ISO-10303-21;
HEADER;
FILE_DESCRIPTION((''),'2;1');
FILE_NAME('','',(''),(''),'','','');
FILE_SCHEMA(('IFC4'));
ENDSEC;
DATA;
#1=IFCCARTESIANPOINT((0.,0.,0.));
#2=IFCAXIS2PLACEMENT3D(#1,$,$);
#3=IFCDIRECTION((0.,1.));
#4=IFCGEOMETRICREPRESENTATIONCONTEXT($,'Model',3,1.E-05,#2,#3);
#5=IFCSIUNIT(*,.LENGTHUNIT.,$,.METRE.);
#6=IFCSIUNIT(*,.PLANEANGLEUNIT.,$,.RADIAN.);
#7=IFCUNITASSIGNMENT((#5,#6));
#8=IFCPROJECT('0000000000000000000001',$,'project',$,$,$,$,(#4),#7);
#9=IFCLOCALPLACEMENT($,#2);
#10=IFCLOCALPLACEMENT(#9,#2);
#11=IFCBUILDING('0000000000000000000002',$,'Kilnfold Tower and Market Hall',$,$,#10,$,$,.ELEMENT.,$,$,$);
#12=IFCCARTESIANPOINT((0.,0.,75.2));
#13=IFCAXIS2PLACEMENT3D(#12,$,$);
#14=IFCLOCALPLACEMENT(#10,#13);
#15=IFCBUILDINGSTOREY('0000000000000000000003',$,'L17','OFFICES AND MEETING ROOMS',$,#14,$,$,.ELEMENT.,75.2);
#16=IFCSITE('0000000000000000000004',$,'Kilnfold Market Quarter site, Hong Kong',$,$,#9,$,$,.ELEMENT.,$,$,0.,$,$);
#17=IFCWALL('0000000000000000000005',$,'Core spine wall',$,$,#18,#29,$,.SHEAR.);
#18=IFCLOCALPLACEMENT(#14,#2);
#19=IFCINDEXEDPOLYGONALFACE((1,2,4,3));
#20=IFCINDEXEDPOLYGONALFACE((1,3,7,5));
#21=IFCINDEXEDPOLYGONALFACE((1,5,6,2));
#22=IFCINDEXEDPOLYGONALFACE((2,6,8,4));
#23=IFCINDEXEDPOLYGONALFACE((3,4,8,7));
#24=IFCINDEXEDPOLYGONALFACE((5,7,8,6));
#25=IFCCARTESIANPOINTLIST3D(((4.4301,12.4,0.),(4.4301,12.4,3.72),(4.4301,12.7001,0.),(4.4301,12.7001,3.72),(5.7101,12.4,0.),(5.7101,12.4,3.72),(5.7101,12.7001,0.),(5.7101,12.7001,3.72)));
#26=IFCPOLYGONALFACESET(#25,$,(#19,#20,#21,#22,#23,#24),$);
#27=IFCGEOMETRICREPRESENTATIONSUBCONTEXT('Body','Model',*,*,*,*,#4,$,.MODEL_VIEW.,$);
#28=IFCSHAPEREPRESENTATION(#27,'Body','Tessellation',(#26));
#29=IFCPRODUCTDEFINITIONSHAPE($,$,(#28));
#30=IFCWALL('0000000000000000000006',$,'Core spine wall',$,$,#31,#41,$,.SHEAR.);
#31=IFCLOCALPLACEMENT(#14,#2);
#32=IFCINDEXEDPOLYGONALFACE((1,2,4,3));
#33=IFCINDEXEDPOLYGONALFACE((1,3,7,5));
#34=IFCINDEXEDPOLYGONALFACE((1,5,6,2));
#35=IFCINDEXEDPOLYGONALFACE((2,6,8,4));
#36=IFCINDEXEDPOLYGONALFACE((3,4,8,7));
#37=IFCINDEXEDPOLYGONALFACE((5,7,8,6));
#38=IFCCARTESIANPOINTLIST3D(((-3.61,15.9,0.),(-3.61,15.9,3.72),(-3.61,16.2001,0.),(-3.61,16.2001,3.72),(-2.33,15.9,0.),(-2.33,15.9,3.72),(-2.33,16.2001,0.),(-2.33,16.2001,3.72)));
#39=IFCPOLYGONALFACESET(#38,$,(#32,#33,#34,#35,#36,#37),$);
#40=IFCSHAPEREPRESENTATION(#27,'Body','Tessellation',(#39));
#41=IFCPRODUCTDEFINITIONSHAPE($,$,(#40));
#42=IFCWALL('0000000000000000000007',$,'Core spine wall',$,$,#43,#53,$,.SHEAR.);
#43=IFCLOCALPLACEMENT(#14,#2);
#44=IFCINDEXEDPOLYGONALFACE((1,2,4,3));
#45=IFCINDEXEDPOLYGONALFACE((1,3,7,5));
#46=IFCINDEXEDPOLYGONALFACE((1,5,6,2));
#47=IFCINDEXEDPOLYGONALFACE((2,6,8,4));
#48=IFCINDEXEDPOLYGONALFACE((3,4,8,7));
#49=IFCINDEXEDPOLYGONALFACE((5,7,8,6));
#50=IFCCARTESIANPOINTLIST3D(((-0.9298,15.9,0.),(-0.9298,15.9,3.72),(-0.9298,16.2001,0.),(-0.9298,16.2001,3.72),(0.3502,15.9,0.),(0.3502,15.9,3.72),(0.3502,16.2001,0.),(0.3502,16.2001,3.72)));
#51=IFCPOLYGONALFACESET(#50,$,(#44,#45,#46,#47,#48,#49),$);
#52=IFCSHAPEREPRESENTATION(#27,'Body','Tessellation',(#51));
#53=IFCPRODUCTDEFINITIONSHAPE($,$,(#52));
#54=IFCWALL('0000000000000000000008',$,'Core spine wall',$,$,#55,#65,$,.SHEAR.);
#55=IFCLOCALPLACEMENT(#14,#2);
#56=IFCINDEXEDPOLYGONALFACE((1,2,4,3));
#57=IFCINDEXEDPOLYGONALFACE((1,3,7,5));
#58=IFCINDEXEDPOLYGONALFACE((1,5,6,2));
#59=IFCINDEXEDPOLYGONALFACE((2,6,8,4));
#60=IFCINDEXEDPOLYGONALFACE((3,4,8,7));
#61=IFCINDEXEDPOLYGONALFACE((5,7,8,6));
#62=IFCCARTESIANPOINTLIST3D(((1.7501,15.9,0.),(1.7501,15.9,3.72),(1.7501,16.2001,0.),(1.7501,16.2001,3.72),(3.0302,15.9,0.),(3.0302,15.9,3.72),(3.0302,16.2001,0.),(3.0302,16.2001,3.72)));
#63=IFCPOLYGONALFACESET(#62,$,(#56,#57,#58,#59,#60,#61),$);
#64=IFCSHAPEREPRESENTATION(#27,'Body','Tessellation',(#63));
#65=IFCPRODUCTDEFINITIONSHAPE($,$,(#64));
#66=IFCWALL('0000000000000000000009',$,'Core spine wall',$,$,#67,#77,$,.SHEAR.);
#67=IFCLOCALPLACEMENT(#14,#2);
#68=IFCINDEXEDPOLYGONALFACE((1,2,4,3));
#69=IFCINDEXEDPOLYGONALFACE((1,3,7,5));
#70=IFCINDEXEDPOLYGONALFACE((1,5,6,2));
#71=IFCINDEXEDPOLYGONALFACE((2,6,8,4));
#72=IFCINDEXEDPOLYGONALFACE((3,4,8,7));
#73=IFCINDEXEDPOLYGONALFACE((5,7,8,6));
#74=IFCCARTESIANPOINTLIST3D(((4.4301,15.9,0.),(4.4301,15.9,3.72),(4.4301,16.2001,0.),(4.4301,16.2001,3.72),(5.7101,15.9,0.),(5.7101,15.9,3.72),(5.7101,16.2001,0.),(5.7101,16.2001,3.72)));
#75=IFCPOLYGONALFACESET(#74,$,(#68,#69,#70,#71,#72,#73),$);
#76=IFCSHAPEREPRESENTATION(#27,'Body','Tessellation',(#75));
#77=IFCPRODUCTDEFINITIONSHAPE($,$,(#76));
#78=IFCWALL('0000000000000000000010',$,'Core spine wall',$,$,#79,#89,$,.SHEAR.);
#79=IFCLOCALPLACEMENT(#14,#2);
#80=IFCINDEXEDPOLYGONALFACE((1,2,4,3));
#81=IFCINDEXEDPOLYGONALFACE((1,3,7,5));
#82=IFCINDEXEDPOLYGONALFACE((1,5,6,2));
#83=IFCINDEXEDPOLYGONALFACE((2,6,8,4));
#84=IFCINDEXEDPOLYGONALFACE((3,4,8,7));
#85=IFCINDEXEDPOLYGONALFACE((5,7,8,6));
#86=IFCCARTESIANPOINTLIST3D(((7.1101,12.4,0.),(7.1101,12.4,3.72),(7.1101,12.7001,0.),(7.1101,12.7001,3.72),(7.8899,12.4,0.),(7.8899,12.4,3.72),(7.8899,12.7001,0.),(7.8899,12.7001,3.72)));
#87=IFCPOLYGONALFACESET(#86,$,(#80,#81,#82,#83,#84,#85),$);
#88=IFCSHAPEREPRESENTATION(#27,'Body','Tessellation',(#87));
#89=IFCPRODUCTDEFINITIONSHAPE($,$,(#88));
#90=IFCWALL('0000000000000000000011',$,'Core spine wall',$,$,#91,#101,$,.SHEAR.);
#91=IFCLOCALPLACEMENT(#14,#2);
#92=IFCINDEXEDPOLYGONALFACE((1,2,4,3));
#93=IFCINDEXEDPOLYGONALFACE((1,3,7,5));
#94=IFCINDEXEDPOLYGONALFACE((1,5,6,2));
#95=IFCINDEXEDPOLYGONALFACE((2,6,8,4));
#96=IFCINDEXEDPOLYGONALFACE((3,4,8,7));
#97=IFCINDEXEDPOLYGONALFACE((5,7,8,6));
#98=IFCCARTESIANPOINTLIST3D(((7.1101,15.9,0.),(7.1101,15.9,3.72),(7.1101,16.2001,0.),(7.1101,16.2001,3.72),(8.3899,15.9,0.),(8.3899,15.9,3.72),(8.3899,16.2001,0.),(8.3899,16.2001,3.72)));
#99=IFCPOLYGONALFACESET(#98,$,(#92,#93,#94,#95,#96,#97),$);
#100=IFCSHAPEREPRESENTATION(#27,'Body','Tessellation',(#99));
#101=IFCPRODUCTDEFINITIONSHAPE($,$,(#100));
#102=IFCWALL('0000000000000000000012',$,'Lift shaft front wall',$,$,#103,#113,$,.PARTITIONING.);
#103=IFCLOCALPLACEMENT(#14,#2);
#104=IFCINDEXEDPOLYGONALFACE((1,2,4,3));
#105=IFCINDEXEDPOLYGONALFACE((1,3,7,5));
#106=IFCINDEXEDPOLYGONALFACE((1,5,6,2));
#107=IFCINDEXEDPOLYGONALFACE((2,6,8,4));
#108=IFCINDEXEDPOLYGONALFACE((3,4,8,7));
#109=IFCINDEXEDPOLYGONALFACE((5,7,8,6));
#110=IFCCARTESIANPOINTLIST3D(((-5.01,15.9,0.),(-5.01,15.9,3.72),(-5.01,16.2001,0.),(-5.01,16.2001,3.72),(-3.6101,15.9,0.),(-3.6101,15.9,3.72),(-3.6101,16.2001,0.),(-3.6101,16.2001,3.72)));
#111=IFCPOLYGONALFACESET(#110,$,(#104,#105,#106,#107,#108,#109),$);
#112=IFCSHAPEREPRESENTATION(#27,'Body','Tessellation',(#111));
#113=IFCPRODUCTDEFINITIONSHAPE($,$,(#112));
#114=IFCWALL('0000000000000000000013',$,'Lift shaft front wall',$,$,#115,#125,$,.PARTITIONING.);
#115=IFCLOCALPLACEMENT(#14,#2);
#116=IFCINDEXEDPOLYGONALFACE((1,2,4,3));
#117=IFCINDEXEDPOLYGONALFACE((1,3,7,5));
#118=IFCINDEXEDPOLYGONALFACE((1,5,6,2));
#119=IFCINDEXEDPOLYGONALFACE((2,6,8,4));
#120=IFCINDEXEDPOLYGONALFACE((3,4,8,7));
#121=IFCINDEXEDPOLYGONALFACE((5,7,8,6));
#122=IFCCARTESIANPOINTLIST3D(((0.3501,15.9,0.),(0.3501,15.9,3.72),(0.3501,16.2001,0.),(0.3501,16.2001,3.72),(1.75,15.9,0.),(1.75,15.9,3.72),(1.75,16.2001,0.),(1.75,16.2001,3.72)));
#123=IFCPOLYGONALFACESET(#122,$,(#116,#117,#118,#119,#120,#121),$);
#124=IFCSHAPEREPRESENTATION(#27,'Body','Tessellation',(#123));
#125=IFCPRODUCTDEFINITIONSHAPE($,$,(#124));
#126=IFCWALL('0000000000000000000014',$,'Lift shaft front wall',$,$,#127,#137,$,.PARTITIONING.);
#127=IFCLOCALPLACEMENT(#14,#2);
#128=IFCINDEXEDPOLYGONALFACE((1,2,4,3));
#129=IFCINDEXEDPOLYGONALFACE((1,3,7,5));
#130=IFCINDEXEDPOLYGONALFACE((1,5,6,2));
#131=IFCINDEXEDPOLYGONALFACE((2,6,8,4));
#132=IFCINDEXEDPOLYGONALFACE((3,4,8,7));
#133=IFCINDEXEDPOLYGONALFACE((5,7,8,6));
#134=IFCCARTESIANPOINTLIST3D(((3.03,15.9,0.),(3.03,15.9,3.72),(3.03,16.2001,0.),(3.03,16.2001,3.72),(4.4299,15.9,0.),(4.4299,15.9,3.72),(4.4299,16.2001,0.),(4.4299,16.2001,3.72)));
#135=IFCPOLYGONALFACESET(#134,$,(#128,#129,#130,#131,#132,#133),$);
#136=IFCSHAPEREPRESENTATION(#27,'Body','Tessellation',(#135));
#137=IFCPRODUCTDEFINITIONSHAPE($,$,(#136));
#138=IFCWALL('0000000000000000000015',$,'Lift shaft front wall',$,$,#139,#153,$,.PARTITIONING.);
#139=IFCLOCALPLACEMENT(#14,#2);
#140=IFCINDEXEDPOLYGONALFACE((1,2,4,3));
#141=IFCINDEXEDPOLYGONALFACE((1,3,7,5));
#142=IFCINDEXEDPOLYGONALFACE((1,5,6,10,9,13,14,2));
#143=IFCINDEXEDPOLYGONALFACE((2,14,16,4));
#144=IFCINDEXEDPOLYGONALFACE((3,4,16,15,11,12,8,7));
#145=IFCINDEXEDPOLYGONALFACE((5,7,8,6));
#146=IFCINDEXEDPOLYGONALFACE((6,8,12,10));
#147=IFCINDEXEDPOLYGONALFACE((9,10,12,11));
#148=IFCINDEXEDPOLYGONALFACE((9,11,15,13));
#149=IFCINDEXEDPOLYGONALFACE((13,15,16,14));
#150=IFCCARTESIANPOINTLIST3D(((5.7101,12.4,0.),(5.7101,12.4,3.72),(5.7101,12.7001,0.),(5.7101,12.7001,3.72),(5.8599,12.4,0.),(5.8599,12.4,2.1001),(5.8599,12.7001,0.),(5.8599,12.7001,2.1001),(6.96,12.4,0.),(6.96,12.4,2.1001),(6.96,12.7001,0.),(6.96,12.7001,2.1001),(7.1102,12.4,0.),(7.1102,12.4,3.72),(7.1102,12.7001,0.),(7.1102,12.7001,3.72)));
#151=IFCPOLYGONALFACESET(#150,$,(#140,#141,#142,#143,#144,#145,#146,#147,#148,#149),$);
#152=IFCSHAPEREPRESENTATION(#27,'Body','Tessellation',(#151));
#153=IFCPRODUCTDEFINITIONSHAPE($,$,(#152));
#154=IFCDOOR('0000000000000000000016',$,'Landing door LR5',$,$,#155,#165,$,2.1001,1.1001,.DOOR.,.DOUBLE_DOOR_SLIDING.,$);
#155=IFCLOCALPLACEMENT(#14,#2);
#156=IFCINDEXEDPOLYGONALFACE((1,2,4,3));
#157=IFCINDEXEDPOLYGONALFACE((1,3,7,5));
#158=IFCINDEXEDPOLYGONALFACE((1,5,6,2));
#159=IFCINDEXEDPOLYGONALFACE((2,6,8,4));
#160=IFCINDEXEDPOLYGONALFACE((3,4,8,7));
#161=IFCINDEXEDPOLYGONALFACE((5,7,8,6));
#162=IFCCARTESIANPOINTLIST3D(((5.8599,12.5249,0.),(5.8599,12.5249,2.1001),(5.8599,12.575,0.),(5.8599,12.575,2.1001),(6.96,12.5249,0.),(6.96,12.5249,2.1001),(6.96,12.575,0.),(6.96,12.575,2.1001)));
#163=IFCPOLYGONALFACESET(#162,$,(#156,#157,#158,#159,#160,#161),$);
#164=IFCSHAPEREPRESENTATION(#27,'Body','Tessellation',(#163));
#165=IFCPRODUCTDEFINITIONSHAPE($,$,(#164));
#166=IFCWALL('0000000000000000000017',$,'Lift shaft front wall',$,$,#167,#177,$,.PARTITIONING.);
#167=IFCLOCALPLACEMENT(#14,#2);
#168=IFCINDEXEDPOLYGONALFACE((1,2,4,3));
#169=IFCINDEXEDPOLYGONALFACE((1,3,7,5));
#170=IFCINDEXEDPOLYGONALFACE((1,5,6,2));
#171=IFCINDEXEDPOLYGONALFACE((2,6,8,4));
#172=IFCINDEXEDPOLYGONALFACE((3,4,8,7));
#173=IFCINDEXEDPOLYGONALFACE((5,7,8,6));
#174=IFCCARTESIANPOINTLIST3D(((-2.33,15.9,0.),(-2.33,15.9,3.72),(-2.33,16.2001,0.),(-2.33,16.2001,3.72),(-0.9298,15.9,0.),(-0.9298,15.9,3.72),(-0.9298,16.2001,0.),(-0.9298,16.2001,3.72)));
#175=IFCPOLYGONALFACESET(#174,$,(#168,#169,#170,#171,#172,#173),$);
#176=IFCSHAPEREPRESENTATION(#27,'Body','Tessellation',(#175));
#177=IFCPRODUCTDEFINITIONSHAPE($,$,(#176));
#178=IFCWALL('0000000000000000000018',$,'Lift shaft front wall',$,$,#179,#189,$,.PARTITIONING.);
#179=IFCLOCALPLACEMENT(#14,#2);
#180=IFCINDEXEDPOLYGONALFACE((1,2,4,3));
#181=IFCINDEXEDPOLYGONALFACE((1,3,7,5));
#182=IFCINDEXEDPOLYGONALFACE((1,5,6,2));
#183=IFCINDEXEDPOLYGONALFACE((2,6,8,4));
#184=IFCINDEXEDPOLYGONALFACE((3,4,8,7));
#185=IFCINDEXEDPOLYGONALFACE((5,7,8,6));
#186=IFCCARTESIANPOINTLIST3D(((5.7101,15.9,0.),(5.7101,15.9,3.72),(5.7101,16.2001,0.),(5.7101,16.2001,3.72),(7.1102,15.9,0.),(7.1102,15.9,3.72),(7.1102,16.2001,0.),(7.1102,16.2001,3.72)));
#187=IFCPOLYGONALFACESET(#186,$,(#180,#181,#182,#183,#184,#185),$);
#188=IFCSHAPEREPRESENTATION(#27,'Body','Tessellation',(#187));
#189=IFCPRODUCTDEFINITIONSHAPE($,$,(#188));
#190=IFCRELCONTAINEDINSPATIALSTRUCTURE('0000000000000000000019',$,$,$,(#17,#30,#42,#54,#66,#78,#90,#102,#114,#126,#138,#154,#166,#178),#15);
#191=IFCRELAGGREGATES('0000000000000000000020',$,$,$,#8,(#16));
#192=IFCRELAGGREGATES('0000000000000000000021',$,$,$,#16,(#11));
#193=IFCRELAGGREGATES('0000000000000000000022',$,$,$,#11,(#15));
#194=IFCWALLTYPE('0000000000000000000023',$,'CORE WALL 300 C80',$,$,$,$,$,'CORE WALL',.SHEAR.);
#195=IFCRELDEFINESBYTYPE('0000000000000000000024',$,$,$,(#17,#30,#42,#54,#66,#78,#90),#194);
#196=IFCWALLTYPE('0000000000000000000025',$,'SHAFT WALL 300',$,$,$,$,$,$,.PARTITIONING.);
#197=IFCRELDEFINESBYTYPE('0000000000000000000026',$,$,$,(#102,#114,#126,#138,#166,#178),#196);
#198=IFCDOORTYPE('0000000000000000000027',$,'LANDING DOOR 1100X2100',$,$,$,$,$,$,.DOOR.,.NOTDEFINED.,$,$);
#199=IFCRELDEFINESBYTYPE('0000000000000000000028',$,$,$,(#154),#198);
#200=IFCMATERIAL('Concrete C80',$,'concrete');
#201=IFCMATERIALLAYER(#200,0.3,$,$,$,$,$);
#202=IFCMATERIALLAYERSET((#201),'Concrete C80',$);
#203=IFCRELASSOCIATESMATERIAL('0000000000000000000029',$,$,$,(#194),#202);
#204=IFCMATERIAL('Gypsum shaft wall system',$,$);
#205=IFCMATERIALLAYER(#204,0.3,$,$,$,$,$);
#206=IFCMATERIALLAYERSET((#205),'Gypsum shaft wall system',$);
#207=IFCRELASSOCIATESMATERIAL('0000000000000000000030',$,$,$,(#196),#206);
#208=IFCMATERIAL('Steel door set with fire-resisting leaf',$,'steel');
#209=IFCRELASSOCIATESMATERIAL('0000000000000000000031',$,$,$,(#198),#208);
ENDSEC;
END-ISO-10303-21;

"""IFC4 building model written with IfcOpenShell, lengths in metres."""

from ifc_helpers import new_model, si_unit, direction, frame, frame_2d, origin, place, context, subcontext, project, spatial, rectangle, extrude, source, transform, mapped, material, layer, layer_set, type_object, element, fill, save


model = new_model("IFC4")

# Units and contexts
model_context = context("Model", 3, precision=1e-05, world=origin(), true_north=direction((0.0, 1.0)))
body_context = subcontext(model_context, "Body", "Model", "MODEL_VIEW")
ifc_project = project(units=[si_unit("LENGTHUNIT", "METRE"), si_unit("PLANEANGLEUNIT", "RADIAN")], contexts=[model_context])

# Site, building, storey
site_placement = place(None, origin())
site = spatial("IfcSite", under=ifc_project, at=site_placement, Name="Kilnfold Market Quarter site, Hong Kong", CompositionType="ELEMENT", RefElevation=0.0)
building_placement = place(site_placement, origin())
building = spatial("IfcBuilding", under=site, at=building_placement, Name="Kilnfold Tower and Market Hall", CompositionType="ELEMENT")
storey_placement = place(building_placement, frame((0.0, 0.0, 75.2)))
storey = spatial("IfcBuildingStorey", under=building, at=storey_placement, Name="L17", Description="OFFICES AND MEETING ROOMS", CompositionType="ELEMENT", Elevation=75.2)

# Walls
ifc_material_1 = material(Name="Concrete C80", Category="concrete")
ifc_layer_1 = layer(ifc_material_1, 0.3)
ifc_layer_set_1 = layer_set([ifc_layer_1], Name="Concrete C80")
wall_type_1 = type_object("IfcWallType", Name="CORE WALL 300 C80", ElementType="CORE WALL", PredefinedType="SHEAR", material=ifc_layer_set_1)
shared_shape_1 = source(origin(), body_context, "Body", "SweptSolid", [
    extrude(rectangle(XDim=1.28, YDim=0.3, at=frame_2d((0.6401, 0.0))), origin(), (0.0, 0.0, 1.0), 3.72),
])
for number, where, z_axis, x_axis, name in (
    (1, (4.4299, 12.55, 0.0), (0.0, 0.0, 1.0), (1.0, 0.0, 0.0), "Core spine wall"),
    (2, (-3.6101, 16.05, 0.0), (0.0, 0.0, 1.0), (1.0, 0.0, 0.0), "Core spine wall"),
    (3, (-0.9299, 16.05, 0.0), (0.0, 0.0, 1.0), (1.0, 0.0, 0.0), "Core spine wall"),
    (4, (1.75, 16.05, 0.0), (0.0, 0.0, 1.0), (1.0, 0.0, 0.0), "Core spine wall"),
    (5, (4.4299, 16.05, 0.0), (0.0, 0.0, 1.0), (1.0, 0.0, 0.0), "Core spine wall"),
):
    element("IfcWall", number, at=place(storey_placement, frame(where, z_axis=z_axis, x_axis=x_axis)), inside=storey, type_object=wall_type_1, Name=name, PredefinedType="SHEAR", context=body_context, shape_type="MappedRepresentation", body=[
        mapped(shared_shape_1, transform((0.0, 0.0, 0.0))),
    ])
shared_shape_2 = source(origin(), body_context, "Body", "SweptSolid", [
    extrude(rectangle(XDim=0.7798, YDim=0.3, at=frame_2d((0.3899, 0.0))), origin(), (0.0, 0.0, 1.0), 3.72),
])
wall_1_placement = place(storey_placement, frame((7.1101, 12.55, 0.0), z_axis=(0.0, 0.0, 1.0), x_axis=(1.0, 0.0, 0.0)))
element("IfcWall", 6, at=wall_1_placement, inside=storey, type_object=wall_type_1, Name="Core spine wall", PredefinedType="SHEAR", context=body_context, shape_type="MappedRepresentation", body=[
    mapped(shared_shape_2, transform((0.0, 0.0, 0.0))),
])
shared_shape_3 = source(origin(), body_context, "Body", "SweptSolid", [
    extrude(rectangle(XDim=1.2798, YDim=0.3, at=frame_2d((0.6399, 0.0))), origin(), (0.0, 0.0, 1.0), 3.72),
])
wall_2_placement = place(storey_placement, frame((7.1101, 16.05, 0.0), z_axis=(0.0, 0.0, 1.0), x_axis=(1.0, 0.0, 0.0)))
element("IfcWall", 7, at=wall_2_placement, inside=storey, type_object=wall_type_1, Name="Core spine wall", PredefinedType="SHEAR", context=body_context, shape_type="MappedRepresentation", body=[
    mapped(shared_shape_3, transform((0.0, 0.0, 0.0))),
])
ifc_material_2 = material(Name="Gypsum shaft wall system")
ifc_layer_2 = layer(ifc_material_2, 0.3)
ifc_layer_set_2 = layer_set([ifc_layer_2], Name="Gypsum shaft wall system")
wall_type_2 = type_object("IfcWallType", Name="SHAFT WALL 300", PredefinedType="PARTITIONING", material=ifc_layer_set_2)
shared_shape_4 = source(origin(), body_context, "Body", "SweptSolid", [
    extrude(rectangle(XDim=1.3999, YDim=0.3, at=frame_2d((0.7, 0.0))), origin(), (0.0, 0.0, 1.0), 3.72),
])
for number, where, z_axis, x_axis, name in (
    (8, (-5.01, 16.05, 0.0), (0.0, 0.0, 1.0), (1.0, 0.0, 0.0), "Lift shaft front wall"),
    (9, (0.3501, 16.05, 0.0), (0.0, 0.0, 1.0), (1.0, 0.0, 0.0), "Lift shaft front wall"),
    (10, (3.03, 16.05, 0.0), (0.0, 0.0, 1.0), (1.0, 0.0, 0.0), "Lift shaft front wall"),
):
    element("IfcWall", number, at=place(storey_placement, frame(where, z_axis=z_axis, x_axis=x_axis)), inside=storey, type_object=wall_type_2, Name=name, PredefinedType="PARTITIONING", context=body_context, shape_type="MappedRepresentation", body=[
        mapped(shared_shape_4, transform((0.0, 0.0, 0.0))),
    ])

# Wall, opening, door
shared_shape_5 = source(origin(), body_context, "Body", "SweptSolid", [
    extrude(rectangle(XDim=1.4001, YDim=0.3, at=frame_2d((0.7002, 0.0))), origin(), (0.0, 0.0, 1.0), 3.72),
])
wall_3_placement = place(storey_placement, frame((5.71, 12.55, 0.0), z_axis=(0.0, 0.0, 1.0), x_axis=(1.0, 0.0, 0.0)))
wall_3 = element("IfcWall", 11, at=wall_3_placement, inside=storey, type_object=wall_type_2, Name="Lift shaft front wall", PredefinedType="PARTITIONING", context=body_context, shape_type="MappedRepresentation", body=[
    mapped(shared_shape_5, transform((0.0, 0.0, 0.0))),
])
opening_1_placement = place(wall_3_placement, frame((0.1499, 0.0, 0.0)))
opening_1 = element("IfcOpeningElement", 12, at=opening_1_placement, cuts=wall_3, PredefinedType="OPENING", context=body_context, shape_type="SweptSolid", body=[
    extrude(rectangle(XDim=1.1001, YDim=2.1001, at=frame_2d((0.55, 1.05))), frame((0.0, 0.1602, 0.0), z_axis=(0.0, -1.0, 0.0), x_axis=(1.0, 0.0, 0.0)), (0.0, 0.0, 1.0), 0.3201),
])
ifc_material_3 = material(Name="Steel door set with fire-resisting leaf", Category="steel")
door_type_1 = type_object("IfcDoorType", Name="LANDING DOOR 1100X2100", OperationType="NOTDEFINED", PredefinedType="DOOR", material=ifc_material_3)
door_1_placement = place(opening_1_placement, origin())
door_1 = element("IfcDoor", 13, at=door_1_placement, inside=storey, type_object=door_type_1, Name="Landing door LR5", OperationType="DOUBLE_DOOR_SLIDING", OverallHeight=2.1001, OverallWidth=1.1001, PredefinedType="DOOR", context=body_context, shape_type="SweptSolid", body=[
    extrude(rectangle(XDim=1.1001, YDim=2.1001, at=frame_2d((0.55, 1.05))), frame((0.0, 0.0249, 0.0), z_axis=(0.0, -1.0, 0.0), x_axis=(1.0, 0.0, 0.0)), (0.0, 0.0, 1.0), 0.05),
])
fill(opening_1, door_1)

# Walls
for number, where, z_axis, x_axis, name in (
    (14, (-2.3301, 16.05, 0.0), (0.0, 0.0, 1.0), (1.0, 0.0, 0.0), "Lift shaft front wall"),
    (15, (5.71, 16.05, 0.0), (0.0, 0.0, 1.0), (1.0, 0.0, 0.0), "Lift shaft front wall"),
):
    element("IfcWall", number, at=place(storey_placement, frame(where, z_axis=z_axis, x_axis=x_axis)), inside=storey, type_object=wall_type_2, Name=name, PredefinedType="PARTITIONING", context=body_context, shape_type="MappedRepresentation", body=[
        mapped(shared_shape_5, transform((0.0, 0.0, 0.0))),
    ])

save(model, "model.ifc")
